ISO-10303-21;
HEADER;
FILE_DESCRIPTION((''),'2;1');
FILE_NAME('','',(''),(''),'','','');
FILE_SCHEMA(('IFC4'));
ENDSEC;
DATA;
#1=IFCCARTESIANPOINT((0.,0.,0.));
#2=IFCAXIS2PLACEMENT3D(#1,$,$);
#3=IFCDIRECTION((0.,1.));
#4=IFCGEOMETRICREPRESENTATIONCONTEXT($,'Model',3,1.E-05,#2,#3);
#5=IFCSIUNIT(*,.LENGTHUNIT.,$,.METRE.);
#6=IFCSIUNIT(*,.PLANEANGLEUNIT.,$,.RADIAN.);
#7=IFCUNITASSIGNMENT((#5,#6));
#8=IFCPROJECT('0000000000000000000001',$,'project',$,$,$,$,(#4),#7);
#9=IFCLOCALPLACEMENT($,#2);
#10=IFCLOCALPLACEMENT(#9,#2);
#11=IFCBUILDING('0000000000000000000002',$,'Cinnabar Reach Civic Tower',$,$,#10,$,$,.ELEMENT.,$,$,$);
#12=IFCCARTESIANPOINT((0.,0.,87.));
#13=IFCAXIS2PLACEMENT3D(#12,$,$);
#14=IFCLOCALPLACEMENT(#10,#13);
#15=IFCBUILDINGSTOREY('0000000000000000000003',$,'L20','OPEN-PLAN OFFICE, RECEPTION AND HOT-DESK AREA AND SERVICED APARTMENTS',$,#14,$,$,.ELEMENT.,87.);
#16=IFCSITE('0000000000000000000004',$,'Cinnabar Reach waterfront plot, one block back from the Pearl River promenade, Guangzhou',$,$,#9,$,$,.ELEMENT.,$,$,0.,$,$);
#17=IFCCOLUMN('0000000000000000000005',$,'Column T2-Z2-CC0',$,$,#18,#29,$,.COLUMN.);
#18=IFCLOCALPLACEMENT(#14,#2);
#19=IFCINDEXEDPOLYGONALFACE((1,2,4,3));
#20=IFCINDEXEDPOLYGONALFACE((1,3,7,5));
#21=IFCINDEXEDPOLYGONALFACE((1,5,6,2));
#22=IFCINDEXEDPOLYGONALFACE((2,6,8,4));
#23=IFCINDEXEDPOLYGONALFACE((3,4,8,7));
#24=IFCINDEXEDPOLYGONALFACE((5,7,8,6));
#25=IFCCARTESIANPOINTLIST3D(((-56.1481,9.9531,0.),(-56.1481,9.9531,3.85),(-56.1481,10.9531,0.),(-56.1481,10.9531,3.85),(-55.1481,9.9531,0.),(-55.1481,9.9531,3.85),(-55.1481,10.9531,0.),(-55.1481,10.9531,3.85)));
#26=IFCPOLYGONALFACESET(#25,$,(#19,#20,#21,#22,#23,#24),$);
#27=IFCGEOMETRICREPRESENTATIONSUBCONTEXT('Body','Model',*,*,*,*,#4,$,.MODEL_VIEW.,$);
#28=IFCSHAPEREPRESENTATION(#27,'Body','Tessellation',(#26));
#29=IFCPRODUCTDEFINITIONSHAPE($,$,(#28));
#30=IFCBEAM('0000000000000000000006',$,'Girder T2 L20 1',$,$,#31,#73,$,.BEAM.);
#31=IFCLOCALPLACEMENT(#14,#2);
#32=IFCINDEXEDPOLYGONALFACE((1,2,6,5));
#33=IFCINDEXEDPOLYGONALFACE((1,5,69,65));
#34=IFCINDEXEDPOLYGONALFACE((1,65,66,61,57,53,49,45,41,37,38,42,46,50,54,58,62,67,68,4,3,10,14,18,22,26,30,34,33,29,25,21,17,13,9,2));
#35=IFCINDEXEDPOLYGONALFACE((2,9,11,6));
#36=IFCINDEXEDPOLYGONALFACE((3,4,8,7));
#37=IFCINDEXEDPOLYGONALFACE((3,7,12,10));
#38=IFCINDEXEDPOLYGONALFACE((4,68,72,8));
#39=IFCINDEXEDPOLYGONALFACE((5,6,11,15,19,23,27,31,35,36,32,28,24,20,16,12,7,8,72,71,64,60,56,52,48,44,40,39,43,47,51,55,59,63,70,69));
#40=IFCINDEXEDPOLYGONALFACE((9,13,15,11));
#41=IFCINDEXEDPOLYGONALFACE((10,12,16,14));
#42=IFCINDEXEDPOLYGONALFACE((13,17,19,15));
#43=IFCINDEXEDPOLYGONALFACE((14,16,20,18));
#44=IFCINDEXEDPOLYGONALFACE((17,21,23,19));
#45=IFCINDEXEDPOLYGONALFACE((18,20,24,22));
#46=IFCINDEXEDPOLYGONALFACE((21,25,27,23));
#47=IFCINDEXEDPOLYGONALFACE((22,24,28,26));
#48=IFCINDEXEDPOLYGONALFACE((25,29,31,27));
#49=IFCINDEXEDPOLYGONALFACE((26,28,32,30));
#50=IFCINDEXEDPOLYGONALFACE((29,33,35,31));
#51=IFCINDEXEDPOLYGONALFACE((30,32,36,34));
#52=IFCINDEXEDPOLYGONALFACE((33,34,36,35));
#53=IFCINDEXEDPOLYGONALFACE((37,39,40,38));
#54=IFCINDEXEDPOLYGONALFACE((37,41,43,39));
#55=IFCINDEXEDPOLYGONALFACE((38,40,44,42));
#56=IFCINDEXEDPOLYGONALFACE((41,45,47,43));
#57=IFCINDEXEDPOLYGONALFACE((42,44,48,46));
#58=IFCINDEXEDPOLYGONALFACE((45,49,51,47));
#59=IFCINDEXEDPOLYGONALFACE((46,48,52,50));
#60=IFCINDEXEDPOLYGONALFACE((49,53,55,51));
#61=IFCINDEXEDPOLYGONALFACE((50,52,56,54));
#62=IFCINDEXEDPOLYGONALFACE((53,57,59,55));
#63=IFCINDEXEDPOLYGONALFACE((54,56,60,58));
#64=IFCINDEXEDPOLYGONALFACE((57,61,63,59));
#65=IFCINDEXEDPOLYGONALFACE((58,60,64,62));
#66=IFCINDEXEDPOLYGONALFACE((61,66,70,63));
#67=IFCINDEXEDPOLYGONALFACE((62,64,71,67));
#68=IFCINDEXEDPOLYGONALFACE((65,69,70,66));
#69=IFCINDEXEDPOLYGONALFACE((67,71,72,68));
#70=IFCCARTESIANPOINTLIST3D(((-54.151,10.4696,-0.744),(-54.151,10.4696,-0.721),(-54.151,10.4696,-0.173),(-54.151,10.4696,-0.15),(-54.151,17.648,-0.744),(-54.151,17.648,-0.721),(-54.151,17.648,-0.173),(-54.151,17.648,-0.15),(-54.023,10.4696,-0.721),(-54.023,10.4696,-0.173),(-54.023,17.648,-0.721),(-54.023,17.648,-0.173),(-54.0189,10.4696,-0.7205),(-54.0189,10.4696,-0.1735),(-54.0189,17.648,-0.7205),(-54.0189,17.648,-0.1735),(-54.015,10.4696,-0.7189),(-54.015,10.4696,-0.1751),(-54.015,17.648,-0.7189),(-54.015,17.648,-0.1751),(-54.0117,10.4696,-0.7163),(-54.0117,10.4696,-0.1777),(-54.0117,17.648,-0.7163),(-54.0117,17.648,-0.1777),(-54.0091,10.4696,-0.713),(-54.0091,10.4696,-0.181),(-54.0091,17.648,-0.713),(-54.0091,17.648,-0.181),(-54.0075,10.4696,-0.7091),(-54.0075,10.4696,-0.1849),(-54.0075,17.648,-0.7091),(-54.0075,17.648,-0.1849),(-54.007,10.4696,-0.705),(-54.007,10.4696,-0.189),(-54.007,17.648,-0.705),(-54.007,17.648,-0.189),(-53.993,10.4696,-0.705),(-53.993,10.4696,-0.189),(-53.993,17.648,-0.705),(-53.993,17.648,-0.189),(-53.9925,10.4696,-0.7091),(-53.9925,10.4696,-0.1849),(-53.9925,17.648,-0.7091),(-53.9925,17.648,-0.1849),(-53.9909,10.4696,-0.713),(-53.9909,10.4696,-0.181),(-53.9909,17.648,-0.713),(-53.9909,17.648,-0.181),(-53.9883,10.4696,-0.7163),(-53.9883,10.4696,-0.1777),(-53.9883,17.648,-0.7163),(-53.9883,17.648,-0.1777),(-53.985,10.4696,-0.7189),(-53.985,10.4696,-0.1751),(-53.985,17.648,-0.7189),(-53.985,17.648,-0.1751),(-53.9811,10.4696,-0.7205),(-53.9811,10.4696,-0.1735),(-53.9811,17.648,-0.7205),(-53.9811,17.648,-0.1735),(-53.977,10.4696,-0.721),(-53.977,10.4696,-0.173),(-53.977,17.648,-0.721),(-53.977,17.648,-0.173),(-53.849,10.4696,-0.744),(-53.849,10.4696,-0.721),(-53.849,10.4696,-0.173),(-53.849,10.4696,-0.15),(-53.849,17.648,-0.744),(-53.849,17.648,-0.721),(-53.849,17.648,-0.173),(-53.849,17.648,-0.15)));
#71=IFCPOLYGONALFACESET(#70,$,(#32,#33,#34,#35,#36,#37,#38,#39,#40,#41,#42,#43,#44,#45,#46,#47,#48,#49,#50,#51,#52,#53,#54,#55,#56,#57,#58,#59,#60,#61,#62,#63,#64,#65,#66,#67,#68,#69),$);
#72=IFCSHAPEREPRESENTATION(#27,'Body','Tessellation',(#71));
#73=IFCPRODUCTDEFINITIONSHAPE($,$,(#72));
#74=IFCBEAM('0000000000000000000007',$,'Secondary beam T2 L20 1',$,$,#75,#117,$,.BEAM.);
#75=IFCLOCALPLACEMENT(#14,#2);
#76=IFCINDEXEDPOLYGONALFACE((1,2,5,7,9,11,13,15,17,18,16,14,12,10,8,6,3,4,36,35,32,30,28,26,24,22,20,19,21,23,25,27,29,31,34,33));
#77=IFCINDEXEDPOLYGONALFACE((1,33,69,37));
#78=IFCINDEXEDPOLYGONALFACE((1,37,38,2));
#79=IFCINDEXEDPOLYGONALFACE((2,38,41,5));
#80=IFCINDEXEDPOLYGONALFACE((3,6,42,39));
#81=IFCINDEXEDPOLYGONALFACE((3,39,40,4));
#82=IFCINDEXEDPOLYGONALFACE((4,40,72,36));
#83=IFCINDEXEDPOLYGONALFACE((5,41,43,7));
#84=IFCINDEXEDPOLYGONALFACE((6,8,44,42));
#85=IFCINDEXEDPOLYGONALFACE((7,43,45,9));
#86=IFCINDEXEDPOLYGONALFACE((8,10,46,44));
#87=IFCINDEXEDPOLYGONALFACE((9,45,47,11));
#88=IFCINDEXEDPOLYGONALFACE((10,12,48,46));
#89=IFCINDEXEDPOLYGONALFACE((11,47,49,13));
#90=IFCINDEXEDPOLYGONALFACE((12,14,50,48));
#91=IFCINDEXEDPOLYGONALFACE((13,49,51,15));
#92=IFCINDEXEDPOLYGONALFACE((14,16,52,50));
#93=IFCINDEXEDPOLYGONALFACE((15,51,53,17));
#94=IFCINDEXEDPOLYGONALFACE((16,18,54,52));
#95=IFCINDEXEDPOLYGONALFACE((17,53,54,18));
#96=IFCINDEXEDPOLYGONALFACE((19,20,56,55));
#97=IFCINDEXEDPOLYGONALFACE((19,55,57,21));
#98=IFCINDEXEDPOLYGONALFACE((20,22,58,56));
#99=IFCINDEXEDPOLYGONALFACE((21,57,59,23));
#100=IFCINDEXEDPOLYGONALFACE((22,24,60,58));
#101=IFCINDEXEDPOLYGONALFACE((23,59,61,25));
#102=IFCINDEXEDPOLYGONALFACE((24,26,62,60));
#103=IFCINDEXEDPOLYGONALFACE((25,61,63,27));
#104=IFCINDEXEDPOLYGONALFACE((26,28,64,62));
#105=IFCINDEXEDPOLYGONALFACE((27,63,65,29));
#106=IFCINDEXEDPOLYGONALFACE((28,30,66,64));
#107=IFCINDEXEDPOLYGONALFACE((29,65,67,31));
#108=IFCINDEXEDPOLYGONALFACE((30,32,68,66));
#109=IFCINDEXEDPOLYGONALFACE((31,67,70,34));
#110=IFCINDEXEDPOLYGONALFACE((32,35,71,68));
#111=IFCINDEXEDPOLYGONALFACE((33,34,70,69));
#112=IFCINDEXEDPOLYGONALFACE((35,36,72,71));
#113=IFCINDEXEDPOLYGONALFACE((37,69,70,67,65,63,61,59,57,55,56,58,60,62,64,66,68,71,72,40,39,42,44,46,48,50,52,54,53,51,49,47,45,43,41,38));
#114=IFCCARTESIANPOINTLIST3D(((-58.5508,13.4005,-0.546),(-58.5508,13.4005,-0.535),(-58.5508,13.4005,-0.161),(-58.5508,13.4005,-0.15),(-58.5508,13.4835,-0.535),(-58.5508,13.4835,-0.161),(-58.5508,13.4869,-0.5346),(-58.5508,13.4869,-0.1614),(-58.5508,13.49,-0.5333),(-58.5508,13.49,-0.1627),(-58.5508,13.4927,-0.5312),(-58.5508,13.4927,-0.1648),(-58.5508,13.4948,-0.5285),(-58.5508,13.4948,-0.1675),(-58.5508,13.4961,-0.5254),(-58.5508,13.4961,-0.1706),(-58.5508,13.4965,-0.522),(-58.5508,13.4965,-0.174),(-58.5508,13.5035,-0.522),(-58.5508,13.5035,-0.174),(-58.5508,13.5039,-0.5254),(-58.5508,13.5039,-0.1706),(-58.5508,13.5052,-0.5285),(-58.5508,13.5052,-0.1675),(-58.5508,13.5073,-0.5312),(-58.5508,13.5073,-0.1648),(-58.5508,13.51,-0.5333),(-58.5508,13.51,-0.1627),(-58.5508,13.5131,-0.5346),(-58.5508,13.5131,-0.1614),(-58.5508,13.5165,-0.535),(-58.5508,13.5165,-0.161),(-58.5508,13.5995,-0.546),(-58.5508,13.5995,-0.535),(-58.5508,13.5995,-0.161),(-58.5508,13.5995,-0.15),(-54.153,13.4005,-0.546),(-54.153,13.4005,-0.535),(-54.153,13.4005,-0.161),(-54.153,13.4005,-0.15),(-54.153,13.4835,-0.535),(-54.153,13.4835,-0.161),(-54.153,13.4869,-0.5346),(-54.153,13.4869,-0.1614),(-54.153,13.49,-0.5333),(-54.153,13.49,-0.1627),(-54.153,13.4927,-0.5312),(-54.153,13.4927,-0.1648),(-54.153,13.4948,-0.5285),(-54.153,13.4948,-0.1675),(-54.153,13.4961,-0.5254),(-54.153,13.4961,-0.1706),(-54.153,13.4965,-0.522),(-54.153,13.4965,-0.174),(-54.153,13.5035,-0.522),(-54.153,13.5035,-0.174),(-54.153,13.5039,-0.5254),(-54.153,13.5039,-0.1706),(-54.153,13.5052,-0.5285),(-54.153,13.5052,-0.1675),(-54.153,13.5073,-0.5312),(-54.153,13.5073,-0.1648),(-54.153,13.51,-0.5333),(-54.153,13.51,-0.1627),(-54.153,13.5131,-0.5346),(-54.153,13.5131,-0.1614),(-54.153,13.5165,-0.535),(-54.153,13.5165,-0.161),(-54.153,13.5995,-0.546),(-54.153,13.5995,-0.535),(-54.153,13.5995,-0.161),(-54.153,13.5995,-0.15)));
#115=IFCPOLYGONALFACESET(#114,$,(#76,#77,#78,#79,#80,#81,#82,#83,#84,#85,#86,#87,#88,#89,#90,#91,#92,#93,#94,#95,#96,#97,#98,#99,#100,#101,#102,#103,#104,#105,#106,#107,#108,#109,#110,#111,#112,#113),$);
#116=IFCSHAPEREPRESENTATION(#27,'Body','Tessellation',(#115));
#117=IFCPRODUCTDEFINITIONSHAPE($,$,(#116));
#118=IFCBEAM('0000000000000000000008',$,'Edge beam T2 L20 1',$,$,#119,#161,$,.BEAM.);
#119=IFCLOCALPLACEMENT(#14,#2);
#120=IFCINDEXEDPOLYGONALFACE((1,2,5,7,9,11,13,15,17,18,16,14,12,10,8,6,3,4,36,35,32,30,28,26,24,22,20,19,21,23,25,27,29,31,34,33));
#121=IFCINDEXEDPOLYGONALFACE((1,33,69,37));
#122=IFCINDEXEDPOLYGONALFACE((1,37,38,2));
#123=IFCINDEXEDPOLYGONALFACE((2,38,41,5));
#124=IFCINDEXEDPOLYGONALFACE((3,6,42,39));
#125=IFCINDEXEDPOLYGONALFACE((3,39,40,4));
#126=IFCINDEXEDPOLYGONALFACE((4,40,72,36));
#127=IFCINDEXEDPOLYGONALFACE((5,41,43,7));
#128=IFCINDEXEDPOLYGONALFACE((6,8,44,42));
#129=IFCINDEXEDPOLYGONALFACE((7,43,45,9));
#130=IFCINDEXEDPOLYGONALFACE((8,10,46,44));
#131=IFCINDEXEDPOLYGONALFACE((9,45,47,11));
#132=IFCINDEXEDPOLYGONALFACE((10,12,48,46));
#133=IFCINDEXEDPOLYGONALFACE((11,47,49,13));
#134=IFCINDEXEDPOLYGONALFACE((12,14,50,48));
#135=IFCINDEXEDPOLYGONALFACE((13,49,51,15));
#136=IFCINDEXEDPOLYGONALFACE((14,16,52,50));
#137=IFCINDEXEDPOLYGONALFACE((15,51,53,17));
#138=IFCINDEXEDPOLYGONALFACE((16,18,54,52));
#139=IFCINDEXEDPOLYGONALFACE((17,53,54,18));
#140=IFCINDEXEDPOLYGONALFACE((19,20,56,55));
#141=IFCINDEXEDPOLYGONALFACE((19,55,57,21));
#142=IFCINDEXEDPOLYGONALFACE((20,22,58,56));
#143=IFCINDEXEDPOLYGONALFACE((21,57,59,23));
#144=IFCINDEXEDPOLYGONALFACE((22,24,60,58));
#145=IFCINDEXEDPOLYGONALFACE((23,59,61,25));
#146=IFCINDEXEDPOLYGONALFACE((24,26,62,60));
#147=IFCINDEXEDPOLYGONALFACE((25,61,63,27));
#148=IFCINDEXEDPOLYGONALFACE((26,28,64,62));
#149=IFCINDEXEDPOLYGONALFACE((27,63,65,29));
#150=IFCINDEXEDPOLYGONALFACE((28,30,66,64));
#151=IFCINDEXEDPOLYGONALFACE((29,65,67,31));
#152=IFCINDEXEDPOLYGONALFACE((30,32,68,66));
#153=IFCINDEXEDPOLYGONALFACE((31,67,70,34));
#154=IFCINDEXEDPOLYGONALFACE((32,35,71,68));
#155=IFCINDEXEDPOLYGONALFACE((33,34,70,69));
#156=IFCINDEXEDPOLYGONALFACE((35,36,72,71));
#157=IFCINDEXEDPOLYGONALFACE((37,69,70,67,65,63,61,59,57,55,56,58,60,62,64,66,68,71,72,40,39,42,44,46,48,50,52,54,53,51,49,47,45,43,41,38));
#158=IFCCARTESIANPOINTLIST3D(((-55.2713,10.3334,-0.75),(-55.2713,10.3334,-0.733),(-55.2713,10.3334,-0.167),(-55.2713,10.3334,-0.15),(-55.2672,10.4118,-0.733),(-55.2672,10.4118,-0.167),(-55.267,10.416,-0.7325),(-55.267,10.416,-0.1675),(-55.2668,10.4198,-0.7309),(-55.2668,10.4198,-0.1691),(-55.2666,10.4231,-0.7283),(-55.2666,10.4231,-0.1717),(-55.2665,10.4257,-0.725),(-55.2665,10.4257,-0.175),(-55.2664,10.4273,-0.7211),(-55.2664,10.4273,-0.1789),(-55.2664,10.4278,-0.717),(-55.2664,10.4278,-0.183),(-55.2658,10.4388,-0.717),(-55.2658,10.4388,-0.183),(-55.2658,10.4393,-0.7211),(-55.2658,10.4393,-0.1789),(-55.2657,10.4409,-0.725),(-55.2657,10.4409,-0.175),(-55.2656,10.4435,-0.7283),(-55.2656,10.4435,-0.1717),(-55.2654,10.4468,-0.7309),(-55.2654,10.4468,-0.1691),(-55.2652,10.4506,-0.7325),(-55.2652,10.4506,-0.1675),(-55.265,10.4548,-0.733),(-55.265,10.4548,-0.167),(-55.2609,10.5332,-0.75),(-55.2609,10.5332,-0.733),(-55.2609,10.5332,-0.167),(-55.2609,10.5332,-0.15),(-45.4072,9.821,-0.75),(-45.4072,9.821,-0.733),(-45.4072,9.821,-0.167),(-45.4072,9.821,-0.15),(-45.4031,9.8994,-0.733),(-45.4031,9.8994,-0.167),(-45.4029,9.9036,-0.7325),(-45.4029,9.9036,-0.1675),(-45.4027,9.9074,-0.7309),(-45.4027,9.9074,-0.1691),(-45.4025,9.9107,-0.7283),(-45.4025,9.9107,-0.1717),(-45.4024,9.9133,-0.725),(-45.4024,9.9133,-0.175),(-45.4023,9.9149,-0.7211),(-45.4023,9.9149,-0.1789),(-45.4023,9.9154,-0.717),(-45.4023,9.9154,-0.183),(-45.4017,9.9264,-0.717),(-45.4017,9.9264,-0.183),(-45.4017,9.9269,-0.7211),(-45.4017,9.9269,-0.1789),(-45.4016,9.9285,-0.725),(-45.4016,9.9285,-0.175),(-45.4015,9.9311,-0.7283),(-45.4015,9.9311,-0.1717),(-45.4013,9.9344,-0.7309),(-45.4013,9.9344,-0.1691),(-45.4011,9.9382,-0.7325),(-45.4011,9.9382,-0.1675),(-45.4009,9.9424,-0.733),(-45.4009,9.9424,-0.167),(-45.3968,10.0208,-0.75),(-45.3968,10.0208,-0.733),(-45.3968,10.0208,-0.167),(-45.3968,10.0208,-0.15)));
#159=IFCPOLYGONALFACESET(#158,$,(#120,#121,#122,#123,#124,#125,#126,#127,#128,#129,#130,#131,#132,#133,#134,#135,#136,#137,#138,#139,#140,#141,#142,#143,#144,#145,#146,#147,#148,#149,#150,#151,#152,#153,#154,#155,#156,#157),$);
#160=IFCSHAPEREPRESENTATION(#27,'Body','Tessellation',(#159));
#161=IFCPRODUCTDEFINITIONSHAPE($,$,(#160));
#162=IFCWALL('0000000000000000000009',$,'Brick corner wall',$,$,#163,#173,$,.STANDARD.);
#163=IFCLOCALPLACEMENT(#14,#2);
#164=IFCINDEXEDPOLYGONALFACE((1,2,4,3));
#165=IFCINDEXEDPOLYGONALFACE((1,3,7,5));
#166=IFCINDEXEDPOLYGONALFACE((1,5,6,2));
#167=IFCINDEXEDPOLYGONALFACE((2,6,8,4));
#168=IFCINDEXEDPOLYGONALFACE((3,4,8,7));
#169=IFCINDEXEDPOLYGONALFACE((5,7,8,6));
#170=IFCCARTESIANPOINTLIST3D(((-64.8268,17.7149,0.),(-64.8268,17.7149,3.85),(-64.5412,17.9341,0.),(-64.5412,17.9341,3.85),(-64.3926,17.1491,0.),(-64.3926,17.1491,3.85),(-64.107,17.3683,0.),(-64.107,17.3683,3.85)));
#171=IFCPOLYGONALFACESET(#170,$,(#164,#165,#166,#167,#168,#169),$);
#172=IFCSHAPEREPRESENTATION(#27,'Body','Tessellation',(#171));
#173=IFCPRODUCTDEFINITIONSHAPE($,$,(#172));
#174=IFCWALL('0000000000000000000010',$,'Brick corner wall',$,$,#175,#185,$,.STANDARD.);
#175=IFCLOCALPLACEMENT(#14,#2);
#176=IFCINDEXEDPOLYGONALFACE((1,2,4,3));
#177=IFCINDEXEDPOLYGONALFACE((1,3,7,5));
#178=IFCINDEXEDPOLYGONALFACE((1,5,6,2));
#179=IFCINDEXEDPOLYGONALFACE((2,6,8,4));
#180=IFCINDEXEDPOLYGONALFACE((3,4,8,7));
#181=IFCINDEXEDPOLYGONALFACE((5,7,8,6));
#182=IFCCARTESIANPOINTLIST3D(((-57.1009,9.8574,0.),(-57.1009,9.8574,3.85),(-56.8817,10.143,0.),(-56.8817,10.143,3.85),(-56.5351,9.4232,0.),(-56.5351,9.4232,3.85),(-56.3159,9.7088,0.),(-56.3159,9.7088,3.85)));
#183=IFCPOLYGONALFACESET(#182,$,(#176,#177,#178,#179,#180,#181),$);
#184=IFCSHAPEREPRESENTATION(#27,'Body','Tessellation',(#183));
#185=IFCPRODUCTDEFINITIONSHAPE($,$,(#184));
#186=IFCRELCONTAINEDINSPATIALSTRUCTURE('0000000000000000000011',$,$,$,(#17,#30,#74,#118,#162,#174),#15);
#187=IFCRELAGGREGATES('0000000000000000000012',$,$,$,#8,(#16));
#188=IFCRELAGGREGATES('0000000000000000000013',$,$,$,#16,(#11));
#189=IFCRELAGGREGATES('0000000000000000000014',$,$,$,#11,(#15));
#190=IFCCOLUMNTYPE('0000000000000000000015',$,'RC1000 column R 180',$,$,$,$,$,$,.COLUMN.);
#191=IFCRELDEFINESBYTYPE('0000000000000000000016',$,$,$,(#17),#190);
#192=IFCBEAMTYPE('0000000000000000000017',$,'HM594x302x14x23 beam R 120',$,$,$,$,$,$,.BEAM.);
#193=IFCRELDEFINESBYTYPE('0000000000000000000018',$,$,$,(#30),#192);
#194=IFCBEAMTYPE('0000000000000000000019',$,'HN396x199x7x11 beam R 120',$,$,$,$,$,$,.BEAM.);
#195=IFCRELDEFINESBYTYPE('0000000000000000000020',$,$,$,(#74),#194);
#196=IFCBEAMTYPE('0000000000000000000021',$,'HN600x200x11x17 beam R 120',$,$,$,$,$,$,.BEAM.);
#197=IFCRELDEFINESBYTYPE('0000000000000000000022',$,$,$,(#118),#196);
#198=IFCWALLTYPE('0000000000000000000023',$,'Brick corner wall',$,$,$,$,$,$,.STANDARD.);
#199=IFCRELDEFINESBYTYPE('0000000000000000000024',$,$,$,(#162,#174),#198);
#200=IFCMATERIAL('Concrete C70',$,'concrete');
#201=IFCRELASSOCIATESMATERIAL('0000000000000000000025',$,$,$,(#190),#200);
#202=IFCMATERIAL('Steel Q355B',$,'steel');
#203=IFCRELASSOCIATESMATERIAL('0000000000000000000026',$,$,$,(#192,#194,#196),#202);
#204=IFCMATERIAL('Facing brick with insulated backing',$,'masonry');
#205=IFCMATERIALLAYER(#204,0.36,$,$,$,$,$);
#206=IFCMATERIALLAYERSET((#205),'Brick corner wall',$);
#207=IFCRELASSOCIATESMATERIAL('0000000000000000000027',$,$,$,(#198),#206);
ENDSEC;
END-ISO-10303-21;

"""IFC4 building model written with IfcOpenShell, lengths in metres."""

from ifc_helpers import new_model, si_unit, direction, frame, frame_2d, origin, origin_2d, place, context, subcontext, project, spatial, rectangle, i_section, extrude, material, layer, layer_set, material_profile, profile_set, type_object, element, save


model = new_model("IFC4")

# Units and contexts
model_context = context("Model", 3, precision=1e-05, world=origin(), true_north=direction((0.0, 1.0)))
body_context = subcontext(model_context, "Body", "Model", "MODEL_VIEW")
ifc_project = project(units=[si_unit("LENGTHUNIT", "METRE"), si_unit("PLANEANGLEUNIT", "RADIAN")], contexts=[model_context])

# Site, building, storey
site_placement = place(None, origin())
site = spatial("IfcSite", under=ifc_project, at=site_placement, Name="Cinnabar Reach waterfront plot, one block back from the Pearl River promenade, Guangzhou", CompositionType="ELEMENT", RefElevation=0.0)
building_placement = place(site_placement, origin())
building = spatial("IfcBuilding", under=site, at=building_placement, Name="Cinnabar Reach Civic Tower", CompositionType="ELEMENT")
storey_placement = place(building_placement, frame((0.0, 0.0, 87.0)))
storey = spatial("IfcBuildingStorey", under=building, at=storey_placement, Name="L20", Description="OPEN-PLAN OFFICE, RECEPTION AND HOT-DESK AREA AND SERVICED APARTMENTS", CompositionType="ELEMENT", Elevation=87.0)

# Column
ifc_material_1 = material(Name="Concrete C70", Category="concrete")
ifc_material_profile_1 = material_profile(ifc_material_1, rectangle(XDim=1.0, YDim=1.0, at=origin_2d()), Name="RC1000")
ifc_profile_set_1 = profile_set([ifc_material_profile_1], Name="Concrete C70")
column_type = type_object("IfcColumnType", Name="RC1000 column R 180", PredefinedType="COLUMN", material=ifc_profile_set_1)
column_placement = place(storey_placement, frame((-55.6481, 10.4531, 0.0), z_axis=(0.0, 0.0, 1.0), x_axis=(1.0, 0.0, 0.0)))
element("IfcColumn", 1, at=column_placement, inside=storey, type_object=column_type, Name="Column T2-Z2-CC0", PredefinedType="COLUMN", context=body_context, shape_type="SweptSolid", body=[
    extrude(rectangle(XDim=1.0, YDim=1.0, at=origin_2d()), origin(), (0.0, 0.0, 1.0), 3.85),
])

# Beams
ifc_material_2 = material(Name="Steel Q355B", Category="steel")
ifc_material_profile_2 = material_profile(ifc_material_2, i_section(OverallWidth=0.302, OverallDepth=0.594, WebThickness=0.014, FlangeThickness=0.023, FilletRadius=0.016, at=origin_2d()), Name="HM594x302x14x23")
ifc_profile_set_2 = profile_set([ifc_material_profile_2], Name="Steel Q355B")
beam_type_1 = type_object("IfcBeamType", Name="HM594x302x14x23 beam R 120", PredefinedType="BEAM", material=ifc_profile_set_2)
beam_1_placement = place(storey_placement, frame((-54.0, 10.4696, -0.447), z_axis=(0.0, 1.0, 0.0), x_axis=(-1.0, 0.0, 0.0)))
element("IfcBeam", 2, at=beam_1_placement, inside=storey, type_object=beam_type_1, Name="Girder T2 L20 1", PredefinedType="BEAM", context=body_context, shape_type="SweptSolid", body=[
    extrude(i_section(OverallWidth=0.302, OverallDepth=0.594, WebThickness=0.014, FlangeThickness=0.023, FilletRadius=0.016, at=origin_2d()), origin(), (0.0, 0.0, 1.0), 7.1784),
])
ifc_material_profile_3 = material_profile(ifc_material_2, i_section(OverallWidth=0.199, OverallDepth=0.396, WebThickness=0.007, FlangeThickness=0.011, FilletRadius=0.013, at=origin_2d()), Name="HN396x199x7x11")
ifc_profile_set_3 = profile_set([ifc_material_profile_3], Name="Steel Q355B")
beam_type_2 = type_object("IfcBeamType", Name="HN396x199x7x11 beam R 120", PredefinedType="BEAM", material=ifc_profile_set_3)
beam_2_placement = place(storey_placement, frame((-58.5508, 13.5, -0.348), z_axis=(1.0, 0.0, 0.0), x_axis=(0.0, 1.0, 0.0)))
element("IfcBeam", 3, at=beam_2_placement, inside=storey, type_object=beam_type_2, Name="Secondary beam T2 L20 1", PredefinedType="BEAM", context=body_context, shape_type="SweptSolid", body=[
    extrude(i_section(OverallWidth=0.199, OverallDepth=0.396, WebThickness=0.007, FlangeThickness=0.011, FilletRadius=0.013, at=origin_2d()), origin(), (0.0, 0.0, 1.0), 4.3978),
])
ifc_material_profile_4 = material_profile(ifc_material_2, i_section(OverallWidth=0.2, OverallDepth=0.6, WebThickness=0.011, FlangeThickness=0.017, FilletRadius=0.016, at=origin_2d()), Name="HN600x200x11x17")
ifc_profile_set_4 = profile_set([ifc_material_profile_4], Name="Steel Q355B")
beam_type_3 = type_object("IfcBeamType", Name="HN600x200x11x17 beam R 120", PredefinedType="BEAM", material=ifc_profile_set_4)
beam_3_placement = place(storey_placement, frame((-55.2661, 10.4333, -0.45), z_axis=(0.998654, -0.051876, 0.0), x_axis=(0.051876, 0.998654, 0.0)))
element("IfcBeam", 4, at=beam_3_placement, inside=storey, type_object=beam_type_3, Name="Edge beam T2 L20 1", PredefinedType="BEAM", context=body_context, shape_type="SweptSolid", body=[
    extrude(i_section(OverallWidth=0.2, OverallDepth=0.6, WebThickness=0.011, FlangeThickness=0.017, FilletRadius=0.016, at=origin_2d()), origin(), (0.0, 0.0, 1.0), 9.8774),
])

# Walls
ifc_material_3 = material(Name="Facing brick with insulated backing", Category="masonry")
ifc_layer_1 = layer(ifc_material_3, 0.36)
ifc_layer_set_1 = layer_set([ifc_layer_1], Name="Brick corner wall")
wall_type_1 = type_object("IfcWallType", Name="Brick corner wall", PredefinedType="STANDARD", material=ifc_layer_set_1)
for number, where, z_axis, x_axis, name in (
    (5, (-64.684, 17.8245, 0.0), (0.0, 0.0, 1.0), (0.608802, -0.793322, 0.0), "Brick corner wall"),
    (6, (-56.9913, 10.0002, 0.0), (0.0, 0.0, 1.0), (0.793322, -0.608802, 0.0), "Brick corner wall"),
):
    element("IfcWall", number, at=place(storey_placement, frame(where, z_axis=z_axis, x_axis=x_axis)), inside=storey, type_object=wall_type_1, Name=name, PredefinedType="STANDARD", context=body_context, shape_type="SweptSolid", body=[
        extrude(rectangle(XDim=0.7132, YDim=0.36, at=frame_2d((0.3566, 0.0))), origin(), (0.0, 0.0, 1.0), 3.85),
    ])

save(model, "model.ifc")
